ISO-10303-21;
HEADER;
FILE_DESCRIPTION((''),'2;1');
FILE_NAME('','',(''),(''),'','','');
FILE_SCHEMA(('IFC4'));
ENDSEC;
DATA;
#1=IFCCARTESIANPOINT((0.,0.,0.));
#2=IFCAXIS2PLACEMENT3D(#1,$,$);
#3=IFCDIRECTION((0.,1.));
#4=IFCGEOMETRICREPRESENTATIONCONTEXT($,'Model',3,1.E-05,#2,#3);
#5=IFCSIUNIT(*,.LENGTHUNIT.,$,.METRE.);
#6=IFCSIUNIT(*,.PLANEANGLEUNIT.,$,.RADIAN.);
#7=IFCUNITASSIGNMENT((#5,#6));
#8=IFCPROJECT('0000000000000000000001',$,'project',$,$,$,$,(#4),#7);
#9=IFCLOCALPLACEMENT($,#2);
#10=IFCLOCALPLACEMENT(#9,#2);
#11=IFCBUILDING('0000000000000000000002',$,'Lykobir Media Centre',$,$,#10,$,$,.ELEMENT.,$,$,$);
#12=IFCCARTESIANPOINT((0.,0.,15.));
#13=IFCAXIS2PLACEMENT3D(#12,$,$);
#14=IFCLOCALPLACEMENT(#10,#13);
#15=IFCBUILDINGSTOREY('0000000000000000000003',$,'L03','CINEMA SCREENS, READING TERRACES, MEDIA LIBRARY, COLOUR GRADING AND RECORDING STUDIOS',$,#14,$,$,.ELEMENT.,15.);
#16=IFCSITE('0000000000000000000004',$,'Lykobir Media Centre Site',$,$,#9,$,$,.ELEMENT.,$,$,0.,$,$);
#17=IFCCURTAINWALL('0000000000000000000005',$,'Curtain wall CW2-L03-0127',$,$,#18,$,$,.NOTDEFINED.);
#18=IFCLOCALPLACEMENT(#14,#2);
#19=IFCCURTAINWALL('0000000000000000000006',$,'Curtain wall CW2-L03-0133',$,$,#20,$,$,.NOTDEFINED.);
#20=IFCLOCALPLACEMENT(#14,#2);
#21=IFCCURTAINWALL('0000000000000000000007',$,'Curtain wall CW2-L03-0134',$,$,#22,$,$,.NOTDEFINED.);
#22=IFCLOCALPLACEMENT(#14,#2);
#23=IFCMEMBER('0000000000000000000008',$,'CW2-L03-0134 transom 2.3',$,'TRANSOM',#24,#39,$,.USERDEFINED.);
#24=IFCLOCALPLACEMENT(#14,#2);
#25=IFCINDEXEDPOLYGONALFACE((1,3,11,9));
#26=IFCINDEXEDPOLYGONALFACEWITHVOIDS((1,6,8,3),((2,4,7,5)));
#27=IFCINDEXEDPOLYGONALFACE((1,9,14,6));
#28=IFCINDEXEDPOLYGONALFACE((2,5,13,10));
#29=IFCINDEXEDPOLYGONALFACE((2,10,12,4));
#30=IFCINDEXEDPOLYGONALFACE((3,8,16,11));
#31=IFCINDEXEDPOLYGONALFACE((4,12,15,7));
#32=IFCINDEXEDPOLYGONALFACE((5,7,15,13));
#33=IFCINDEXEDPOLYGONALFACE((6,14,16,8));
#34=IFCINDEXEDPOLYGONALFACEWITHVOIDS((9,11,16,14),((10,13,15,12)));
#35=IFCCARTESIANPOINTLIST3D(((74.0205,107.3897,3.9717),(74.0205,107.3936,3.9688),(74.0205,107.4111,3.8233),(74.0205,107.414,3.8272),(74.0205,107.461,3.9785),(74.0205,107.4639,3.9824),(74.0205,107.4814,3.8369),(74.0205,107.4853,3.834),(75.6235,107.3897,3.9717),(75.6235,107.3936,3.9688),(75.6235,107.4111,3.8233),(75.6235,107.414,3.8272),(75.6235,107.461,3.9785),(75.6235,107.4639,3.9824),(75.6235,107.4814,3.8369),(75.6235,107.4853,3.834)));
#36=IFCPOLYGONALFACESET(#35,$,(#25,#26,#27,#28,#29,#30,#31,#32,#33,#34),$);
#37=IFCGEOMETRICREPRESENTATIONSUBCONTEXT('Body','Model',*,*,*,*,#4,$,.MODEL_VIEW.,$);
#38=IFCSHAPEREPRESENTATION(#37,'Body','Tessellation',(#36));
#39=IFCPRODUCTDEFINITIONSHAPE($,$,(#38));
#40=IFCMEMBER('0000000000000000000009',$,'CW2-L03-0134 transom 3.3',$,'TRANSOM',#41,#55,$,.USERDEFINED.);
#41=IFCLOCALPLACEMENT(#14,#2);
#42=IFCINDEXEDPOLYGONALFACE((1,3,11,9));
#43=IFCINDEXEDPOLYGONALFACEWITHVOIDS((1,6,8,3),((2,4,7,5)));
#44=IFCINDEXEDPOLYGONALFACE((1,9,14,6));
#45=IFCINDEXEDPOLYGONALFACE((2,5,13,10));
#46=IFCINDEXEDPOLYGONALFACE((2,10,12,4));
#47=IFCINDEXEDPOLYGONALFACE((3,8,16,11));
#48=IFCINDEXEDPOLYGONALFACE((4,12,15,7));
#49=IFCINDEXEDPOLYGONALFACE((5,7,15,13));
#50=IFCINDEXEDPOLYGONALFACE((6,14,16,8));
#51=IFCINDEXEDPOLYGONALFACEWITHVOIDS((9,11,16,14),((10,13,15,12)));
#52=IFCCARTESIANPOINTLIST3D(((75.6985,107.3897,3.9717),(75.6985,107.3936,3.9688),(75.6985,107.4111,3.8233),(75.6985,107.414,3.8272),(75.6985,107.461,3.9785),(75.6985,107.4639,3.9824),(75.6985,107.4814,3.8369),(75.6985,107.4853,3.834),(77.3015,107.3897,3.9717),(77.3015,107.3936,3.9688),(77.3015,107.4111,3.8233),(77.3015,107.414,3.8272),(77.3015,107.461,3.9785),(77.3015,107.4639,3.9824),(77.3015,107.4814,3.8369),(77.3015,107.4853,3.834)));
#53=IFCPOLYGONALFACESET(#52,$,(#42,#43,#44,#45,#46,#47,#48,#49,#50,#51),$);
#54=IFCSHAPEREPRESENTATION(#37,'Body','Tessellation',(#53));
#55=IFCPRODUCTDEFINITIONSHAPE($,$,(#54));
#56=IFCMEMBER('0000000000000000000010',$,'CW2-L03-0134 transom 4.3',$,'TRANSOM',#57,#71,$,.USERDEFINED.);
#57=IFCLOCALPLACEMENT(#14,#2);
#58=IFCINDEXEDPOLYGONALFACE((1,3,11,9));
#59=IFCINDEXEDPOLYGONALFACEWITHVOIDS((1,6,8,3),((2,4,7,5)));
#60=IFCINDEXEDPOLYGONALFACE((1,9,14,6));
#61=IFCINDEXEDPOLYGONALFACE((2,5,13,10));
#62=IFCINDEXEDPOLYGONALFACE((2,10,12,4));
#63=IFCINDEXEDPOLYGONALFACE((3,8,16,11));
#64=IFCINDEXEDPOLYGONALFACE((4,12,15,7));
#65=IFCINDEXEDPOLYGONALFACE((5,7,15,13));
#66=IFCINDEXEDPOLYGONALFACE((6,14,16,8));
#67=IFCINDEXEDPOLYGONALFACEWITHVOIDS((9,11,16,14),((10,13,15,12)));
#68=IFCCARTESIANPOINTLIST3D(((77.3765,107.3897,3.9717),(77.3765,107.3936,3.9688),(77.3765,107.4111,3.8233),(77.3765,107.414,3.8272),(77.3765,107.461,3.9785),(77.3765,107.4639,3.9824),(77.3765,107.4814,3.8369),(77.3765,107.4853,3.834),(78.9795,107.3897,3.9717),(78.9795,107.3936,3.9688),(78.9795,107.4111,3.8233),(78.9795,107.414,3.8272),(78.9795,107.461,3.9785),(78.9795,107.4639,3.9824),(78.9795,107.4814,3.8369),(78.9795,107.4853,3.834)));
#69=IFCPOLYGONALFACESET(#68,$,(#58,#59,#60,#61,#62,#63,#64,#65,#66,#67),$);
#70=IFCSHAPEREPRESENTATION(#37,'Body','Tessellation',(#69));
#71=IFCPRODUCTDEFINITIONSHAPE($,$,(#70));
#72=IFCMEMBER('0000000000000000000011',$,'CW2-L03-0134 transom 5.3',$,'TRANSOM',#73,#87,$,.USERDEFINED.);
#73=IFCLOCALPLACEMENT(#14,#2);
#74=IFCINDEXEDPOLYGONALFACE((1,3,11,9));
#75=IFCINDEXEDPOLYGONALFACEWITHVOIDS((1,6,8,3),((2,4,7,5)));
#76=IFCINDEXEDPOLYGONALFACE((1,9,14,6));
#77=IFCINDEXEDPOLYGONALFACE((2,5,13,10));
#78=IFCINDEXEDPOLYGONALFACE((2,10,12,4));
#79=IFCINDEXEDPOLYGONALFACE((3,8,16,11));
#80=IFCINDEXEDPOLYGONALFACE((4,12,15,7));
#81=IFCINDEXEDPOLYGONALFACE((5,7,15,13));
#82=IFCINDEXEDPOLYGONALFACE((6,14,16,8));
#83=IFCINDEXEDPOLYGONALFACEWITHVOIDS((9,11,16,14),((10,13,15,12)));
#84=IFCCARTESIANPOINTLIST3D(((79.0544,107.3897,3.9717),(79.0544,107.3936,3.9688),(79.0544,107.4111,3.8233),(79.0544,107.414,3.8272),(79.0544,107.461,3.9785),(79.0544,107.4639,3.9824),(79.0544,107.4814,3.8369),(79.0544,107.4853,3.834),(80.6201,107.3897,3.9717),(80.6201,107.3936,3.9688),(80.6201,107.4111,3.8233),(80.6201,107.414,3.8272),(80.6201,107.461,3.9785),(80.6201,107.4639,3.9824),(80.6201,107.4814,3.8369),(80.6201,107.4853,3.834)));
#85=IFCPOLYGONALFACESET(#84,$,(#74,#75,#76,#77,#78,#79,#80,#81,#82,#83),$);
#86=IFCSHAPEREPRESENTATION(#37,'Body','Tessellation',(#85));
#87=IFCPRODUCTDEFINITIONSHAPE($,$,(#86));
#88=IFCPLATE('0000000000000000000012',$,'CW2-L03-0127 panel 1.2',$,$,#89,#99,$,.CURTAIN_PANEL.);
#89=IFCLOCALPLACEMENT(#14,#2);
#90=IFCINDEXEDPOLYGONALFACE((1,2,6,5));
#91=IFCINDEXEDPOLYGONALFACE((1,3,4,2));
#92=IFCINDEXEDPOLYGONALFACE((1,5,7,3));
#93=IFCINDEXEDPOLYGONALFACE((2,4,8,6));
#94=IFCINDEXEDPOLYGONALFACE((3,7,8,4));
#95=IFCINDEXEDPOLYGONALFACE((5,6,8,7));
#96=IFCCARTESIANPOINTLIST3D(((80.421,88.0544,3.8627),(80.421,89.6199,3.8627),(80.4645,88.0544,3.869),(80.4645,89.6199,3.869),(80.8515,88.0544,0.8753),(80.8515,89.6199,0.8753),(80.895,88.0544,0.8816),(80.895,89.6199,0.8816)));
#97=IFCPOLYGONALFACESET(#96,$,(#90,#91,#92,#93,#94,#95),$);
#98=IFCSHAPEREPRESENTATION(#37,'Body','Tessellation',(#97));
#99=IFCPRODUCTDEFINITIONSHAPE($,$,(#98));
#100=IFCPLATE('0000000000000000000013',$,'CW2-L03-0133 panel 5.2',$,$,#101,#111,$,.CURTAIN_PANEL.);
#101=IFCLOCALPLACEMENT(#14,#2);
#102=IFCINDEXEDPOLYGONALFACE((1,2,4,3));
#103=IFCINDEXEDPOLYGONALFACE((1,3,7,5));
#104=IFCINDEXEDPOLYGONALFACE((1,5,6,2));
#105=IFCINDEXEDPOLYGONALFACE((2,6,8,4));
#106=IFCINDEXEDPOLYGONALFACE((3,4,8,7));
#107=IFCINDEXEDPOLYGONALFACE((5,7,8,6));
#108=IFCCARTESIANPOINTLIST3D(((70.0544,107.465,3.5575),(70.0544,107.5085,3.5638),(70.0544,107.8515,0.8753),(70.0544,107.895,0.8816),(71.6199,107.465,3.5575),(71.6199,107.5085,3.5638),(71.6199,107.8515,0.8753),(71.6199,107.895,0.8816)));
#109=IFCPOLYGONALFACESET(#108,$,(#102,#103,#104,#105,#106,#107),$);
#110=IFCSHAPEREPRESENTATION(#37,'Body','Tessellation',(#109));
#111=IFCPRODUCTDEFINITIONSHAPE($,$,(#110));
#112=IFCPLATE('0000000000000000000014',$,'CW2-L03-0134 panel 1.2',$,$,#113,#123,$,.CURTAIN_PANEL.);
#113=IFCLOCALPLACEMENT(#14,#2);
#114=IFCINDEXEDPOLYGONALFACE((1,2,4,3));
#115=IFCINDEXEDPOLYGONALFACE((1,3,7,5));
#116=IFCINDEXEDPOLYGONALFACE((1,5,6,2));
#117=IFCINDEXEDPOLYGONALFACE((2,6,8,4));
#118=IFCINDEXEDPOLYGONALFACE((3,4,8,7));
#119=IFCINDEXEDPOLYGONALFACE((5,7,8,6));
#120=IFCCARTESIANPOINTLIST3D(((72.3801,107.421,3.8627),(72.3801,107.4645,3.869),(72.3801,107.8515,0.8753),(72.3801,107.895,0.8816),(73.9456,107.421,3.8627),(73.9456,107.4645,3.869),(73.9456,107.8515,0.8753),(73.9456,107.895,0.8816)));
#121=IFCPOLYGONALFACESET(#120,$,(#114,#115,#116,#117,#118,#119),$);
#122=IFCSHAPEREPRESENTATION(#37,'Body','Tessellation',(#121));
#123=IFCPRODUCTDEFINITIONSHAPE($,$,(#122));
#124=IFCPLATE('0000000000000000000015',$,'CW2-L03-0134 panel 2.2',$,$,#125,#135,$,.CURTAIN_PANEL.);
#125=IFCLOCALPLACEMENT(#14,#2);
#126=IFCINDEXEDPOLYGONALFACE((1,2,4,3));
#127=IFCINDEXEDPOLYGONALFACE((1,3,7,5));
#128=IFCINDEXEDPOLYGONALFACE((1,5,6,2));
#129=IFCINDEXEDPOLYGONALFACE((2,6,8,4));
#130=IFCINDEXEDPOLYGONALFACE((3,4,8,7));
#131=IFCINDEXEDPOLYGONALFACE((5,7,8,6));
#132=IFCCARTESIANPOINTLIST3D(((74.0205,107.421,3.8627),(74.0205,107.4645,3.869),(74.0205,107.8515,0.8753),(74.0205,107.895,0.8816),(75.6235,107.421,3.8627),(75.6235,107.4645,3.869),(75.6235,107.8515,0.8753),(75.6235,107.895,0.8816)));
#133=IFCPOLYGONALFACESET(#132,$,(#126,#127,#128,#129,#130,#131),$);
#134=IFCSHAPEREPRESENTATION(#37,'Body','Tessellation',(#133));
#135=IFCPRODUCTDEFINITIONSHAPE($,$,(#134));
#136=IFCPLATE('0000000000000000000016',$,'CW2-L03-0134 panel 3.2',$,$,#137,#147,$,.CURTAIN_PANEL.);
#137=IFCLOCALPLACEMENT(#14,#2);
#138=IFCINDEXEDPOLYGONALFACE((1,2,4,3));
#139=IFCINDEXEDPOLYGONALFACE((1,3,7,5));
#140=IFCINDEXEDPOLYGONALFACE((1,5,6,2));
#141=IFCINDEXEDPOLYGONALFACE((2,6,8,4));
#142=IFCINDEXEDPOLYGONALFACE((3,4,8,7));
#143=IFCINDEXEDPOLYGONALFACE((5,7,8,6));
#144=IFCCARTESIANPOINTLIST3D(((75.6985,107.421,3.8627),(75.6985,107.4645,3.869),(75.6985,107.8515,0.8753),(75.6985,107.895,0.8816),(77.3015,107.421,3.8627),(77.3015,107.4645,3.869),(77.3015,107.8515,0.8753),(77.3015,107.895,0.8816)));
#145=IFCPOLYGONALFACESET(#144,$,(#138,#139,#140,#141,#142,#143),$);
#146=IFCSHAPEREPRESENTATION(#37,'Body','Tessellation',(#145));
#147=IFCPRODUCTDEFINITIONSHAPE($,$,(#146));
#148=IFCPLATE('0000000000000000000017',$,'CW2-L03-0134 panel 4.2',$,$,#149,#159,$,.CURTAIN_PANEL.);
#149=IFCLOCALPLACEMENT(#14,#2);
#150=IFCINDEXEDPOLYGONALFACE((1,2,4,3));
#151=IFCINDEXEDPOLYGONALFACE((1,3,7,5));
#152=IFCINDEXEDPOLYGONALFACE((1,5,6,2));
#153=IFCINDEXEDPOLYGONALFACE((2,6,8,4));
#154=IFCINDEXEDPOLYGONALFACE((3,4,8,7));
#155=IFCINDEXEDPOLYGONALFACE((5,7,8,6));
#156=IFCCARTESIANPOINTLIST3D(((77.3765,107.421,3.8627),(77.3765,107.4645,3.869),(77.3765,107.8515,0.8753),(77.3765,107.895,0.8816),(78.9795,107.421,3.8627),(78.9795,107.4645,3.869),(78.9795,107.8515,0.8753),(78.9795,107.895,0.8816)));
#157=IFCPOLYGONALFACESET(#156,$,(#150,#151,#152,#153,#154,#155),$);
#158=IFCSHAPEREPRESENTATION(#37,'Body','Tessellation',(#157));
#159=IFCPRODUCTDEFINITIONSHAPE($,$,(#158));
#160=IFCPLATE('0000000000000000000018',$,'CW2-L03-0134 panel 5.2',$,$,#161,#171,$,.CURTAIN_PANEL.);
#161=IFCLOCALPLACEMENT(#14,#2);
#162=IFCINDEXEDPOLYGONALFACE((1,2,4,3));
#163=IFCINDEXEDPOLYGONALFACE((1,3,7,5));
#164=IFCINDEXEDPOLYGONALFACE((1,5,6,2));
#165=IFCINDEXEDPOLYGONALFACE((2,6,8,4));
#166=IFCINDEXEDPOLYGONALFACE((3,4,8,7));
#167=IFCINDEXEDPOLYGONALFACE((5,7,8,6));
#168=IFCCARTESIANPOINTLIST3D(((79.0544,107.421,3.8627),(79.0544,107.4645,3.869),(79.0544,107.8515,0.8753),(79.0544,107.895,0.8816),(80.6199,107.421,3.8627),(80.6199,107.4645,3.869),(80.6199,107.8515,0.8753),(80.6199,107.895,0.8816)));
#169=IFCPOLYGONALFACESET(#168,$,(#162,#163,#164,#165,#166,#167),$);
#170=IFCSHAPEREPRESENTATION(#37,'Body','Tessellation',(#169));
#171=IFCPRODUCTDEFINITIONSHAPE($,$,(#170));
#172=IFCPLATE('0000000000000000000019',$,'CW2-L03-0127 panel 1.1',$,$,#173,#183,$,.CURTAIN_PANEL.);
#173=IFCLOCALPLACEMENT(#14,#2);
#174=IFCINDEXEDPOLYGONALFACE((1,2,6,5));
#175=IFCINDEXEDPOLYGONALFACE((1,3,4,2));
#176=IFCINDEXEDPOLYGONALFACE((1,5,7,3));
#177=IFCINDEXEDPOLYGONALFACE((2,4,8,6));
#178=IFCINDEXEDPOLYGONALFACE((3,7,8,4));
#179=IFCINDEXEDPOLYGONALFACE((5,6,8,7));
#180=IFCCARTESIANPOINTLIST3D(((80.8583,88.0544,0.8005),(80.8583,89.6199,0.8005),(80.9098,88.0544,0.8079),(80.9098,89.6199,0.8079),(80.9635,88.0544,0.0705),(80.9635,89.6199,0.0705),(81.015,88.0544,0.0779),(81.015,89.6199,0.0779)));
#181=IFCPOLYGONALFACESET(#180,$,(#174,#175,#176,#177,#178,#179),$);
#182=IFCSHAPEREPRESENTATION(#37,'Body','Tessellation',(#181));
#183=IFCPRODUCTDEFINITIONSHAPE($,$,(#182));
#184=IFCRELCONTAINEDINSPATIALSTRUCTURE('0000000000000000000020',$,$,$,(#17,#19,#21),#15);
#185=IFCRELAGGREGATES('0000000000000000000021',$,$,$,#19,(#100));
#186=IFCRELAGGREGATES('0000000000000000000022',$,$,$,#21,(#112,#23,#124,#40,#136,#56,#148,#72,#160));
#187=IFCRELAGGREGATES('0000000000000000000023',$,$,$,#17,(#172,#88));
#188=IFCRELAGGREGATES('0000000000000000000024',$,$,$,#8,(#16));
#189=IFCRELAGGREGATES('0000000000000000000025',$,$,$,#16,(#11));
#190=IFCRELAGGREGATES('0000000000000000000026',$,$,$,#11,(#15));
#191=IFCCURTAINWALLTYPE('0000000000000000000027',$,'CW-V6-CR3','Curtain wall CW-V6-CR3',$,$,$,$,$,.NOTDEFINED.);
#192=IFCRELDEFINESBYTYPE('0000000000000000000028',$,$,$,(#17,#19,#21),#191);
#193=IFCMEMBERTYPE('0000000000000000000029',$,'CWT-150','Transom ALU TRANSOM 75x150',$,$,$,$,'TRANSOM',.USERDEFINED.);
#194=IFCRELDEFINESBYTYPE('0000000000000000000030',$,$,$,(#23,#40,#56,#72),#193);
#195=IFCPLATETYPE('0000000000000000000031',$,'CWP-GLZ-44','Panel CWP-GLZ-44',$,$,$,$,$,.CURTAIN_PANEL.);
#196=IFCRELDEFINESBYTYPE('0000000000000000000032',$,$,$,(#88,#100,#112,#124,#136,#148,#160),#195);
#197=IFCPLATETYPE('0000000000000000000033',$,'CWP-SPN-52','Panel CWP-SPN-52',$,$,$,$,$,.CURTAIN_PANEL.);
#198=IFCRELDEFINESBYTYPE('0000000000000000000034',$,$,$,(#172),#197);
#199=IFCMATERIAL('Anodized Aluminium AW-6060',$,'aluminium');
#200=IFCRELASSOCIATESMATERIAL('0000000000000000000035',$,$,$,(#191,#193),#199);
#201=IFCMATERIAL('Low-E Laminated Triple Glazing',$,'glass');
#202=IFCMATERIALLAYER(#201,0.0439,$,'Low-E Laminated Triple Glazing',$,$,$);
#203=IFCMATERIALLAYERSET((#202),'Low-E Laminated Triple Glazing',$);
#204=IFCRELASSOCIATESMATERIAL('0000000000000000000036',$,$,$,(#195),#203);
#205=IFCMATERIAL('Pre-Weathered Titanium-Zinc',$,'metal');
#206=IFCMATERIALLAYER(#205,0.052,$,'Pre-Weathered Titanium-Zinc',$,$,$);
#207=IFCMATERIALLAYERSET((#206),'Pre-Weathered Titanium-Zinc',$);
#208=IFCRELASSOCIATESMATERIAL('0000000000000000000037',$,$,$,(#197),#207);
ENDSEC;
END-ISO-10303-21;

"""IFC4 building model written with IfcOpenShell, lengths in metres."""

from ifc_helpers import new_model, si_unit, direction, frame, origin, origin_2d, place, context, subcontext, project, spatial, rectangle, hollow_rectangle, extrude, material, layer, layer_set, material_profile, profile_set, type_object, element, aggregate, save


model = new_model("IFC4")

# Units and contexts
model_context = context("Model", 3, precision=1e-05, world=origin(), true_north=direction((0.0, 1.0)))
body_context = subcontext(model_context, "Body", "Model", "MODEL_VIEW")
ifc_project = project(units=[si_unit("LENGTHUNIT", "METRE"), si_unit("PLANEANGLEUNIT", "RADIAN")], contexts=[model_context])

# Site, building, storey
site_placement = place(None, origin())
site = spatial("IfcSite", under=ifc_project, at=site_placement, Name="Lykobir Media Centre Site", CompositionType="ELEMENT", RefElevation=0.0)
building_placement = place(site_placement, origin())
building = spatial("IfcBuilding", under=site, at=building_placement, Name="Lykobir Media Centre", CompositionType="ELEMENT")
storey_placement = place(building_placement, frame((0.0, 0.0, 15.0)))
storey = spatial("IfcBuildingStorey", under=building, at=storey_placement, Name="L03", Description="CINEMA SCREENS, READING TERRACES, MEDIA LIBRARY, COLOUR GRADING AND RECORDING STUDIOS", CompositionType="ELEMENT", Elevation=15.0)

# Curtain wall
ifc_material_1 = material(Name="Anodized Aluminium AW-6060", Category="aluminium")
curtain_wall_type = type_object("IfcCurtainWallType", Name="CW-V6-CR3", Description="Curtain wall CW-V6-CR3", PredefinedType="NOTDEFINED", material=ifc_material_1)
curtain_wall_1_placement = place(storey_placement, origin())
curtain_wall_1 = element("IfcCurtainWall", 1, at=curtain_wall_1_placement, inside=storey, type_object=curtain_wall_type, Name="Curtain wall CW2-L03-0127", PredefinedType="NOTDEFINED")
ifc_material_profile_1 = material_profile(ifc_material_1, hollow_rectangle(XDim=0.075, YDim=0.1499, WallThickness=0.0034, at=origin_2d()), Name="ALU TRANSOM 75x150")
ifc_profile_set_1 = profile_set([ifc_material_profile_1], Name="Anodized Aluminium AW-6060")
member_type = type_object("IfcMemberType", Name="CWT-150", Description="Transom ALU TRANSOM 75x150", ElementType="TRANSOM", PredefinedType="USERDEFINED", material=ifc_profile_set_1)

# Curtain wall
curtain_wall_2_placement = place(storey_placement, origin())
curtain_wall_2 = element("IfcCurtainWall", 2, at=curtain_wall_2_placement, inside=storey, type_object=curtain_wall_type, Name="Curtain wall CW2-L03-0133", PredefinedType="NOTDEFINED")

# Curtain wall, members
curtain_wall_3_placement = place(storey_placement, origin())
curtain_wall_3 = element("IfcCurtainWall", 3, at=curtain_wall_3_placement, inside=storey, type_object=curtain_wall_type, Name="Curtain wall CW2-L03-0134", PredefinedType="NOTDEFINED")
member_1_placement = place(storey_placement, frame((74.0205, 107.4375, 3.9028), z_axis=(1.0, 0.0, 0.0), x_axis=(0.0, 0.989776, 0.142629)))
member_1 = element("IfcMember", 4, at=member_1_placement, type_object=member_type, Name="CW2-L03-0134 transom 2.3", ObjectType="TRANSOM", PredefinedType="USERDEFINED", context=body_context, shape_type="SweptSolid", body=[
    extrude(hollow_rectangle(XDim=0.075, YDim=0.1499, WallThickness=0.0034, at=origin_2d()), origin(), (0.0, 0.0, 1.0), 1.603),
])
member_2_placement = place(storey_placement, frame((75.6985, 107.4375, 3.9028), z_axis=(1.0, 0.0, 0.0), x_axis=(0.0, 0.989776, 0.142629)))
member_2 = element("IfcMember", 5, at=member_2_placement, type_object=member_type, Name="CW2-L03-0134 transom 3.3", ObjectType="TRANSOM", PredefinedType="USERDEFINED", context=body_context, shape_type="SweptSolid", body=[
    extrude(hollow_rectangle(XDim=0.075, YDim=0.1499, WallThickness=0.0034, at=origin_2d()), origin(), (0.0, 0.0, 1.0), 1.603),
])
member_3_placement = place(storey_placement, frame((77.3765, 107.4375, 3.9028), z_axis=(1.0, 0.0, 0.0), x_axis=(0.0, 0.989776, 0.142629)))
member_3 = element("IfcMember", 6, at=member_3_placement, type_object=member_type, Name="CW2-L03-0134 transom 4.3", ObjectType="TRANSOM", PredefinedType="USERDEFINED", context=body_context, shape_type="SweptSolid", body=[
    extrude(hollow_rectangle(XDim=0.075, YDim=0.1499, WallThickness=0.0034, at=origin_2d()), origin(), (0.0, 0.0, 1.0), 1.603),
])
member_4_placement = place(storey_placement, frame((79.0544, 107.4375, 3.9028), z_axis=(1.0, 0.0, 0.0), x_axis=(0.0, 0.989776, 0.142629)))
member_4 = element("IfcMember", 7, at=member_4_placement, type_object=member_type, Name="CW2-L03-0134 transom 5.3", ObjectType="TRANSOM", PredefinedType="USERDEFINED", context=body_context, shape_type="SweptSolid", body=[
    extrude(hollow_rectangle(XDim=0.075, YDim=0.1499, WallThickness=0.0034, at=origin_2d()), origin(), (0.0, 0.0, 1.0), 1.5657),
])

# Plates
ifc_material_2 = material(Name="Low-E Laminated Triple Glazing", Category="glass")
ifc_layer_1 = layer(ifc_material_2, 0.0439, Name="Low-E Laminated Triple Glazing")
ifc_layer_set_1 = layer_set([ifc_layer_1], Name="Low-E Laminated Triple Glazing")
plate_type_1 = type_object("IfcPlateType", Name="CWP-GLZ-44", Description="Panel CWP-GLZ-44", PredefinedType="CURTAIN_PANEL", material=ifc_layer_set_1)
plate_1_placement = place(storey_placement, frame((80.8733, 88.8372, 0.8784), z_axis=(-0.142629, 0.0, 0.989776), x_axis=(0.0, -1.0, 0.0)))
plate_1 = element("IfcPlate", 8, at=plate_1_placement, type_object=plate_type_1, Name="CW2-L03-0127 panel 1.2", PredefinedType="CURTAIN_PANEL", context=body_context, shape_type="SweptSolid", body=[
    extrude(rectangle(XDim=1.5654, YDim=0.0439, at=origin_2d()), origin(), (0.0, 0.0, 1.0), 3.0183),
])
plate_2_placement = place(storey_placement, frame((70.8372, 107.8733, 0.8784), z_axis=(0.0, -0.142629, 0.989776), x_axis=(1.0, 0.0, 0.0)))
plate_2 = element("IfcPlate", 9, at=plate_2_placement, type_object=plate_type_1, Name="CW2-L03-0133 panel 5.2", PredefinedType="CURTAIN_PANEL", context=body_context, shape_type="SweptSolid", body=[
    extrude(rectangle(XDim=1.5654, YDim=0.0439, at=origin_2d()), origin(), (0.0, 0.0, 1.0), 2.71),
])
aggregate(curtain_wall_2, [plate_2])
plate_3_placement = place(storey_placement, frame((73.1628, 107.8733, 0.8784), z_axis=(0.0, -0.142629, 0.989776), x_axis=(1.0, 0.0, 0.0)))
plate_3 = element("IfcPlate", 10, at=plate_3_placement, type_object=plate_type_1, Name="CW2-L03-0134 panel 1.2", PredefinedType="CURTAIN_PANEL", context=body_context, shape_type="SweptSolid", body=[
    extrude(rectangle(XDim=1.5654, YDim=0.0439, at=origin_2d()), origin(), (0.0, 0.0, 1.0), 3.0183),
])
plate_4_placement = place(storey_placement, frame((74.822, 107.8733, 0.8784), z_axis=(0.0, -0.142629, 0.989776), x_axis=(1.0, 0.0, 0.0)))
plate_4 = element("IfcPlate", 11, at=plate_4_placement, type_object=plate_type_1, Name="CW2-L03-0134 panel 2.2", PredefinedType="CURTAIN_PANEL", context=body_context, shape_type="SweptSolid", body=[
    extrude(rectangle(XDim=1.603, YDim=0.0439, at=origin_2d()), origin(), (0.0, 0.0, 1.0), 3.0183),
])
plate_5_placement = place(storey_placement, frame((76.5, 107.8733, 0.8784), z_axis=(0.0, -0.142629, 0.989776), x_axis=(1.0, 0.0, 0.0)))
plate_5 = element("IfcPlate", 12, at=plate_5_placement, type_object=plate_type_1, Name="CW2-L03-0134 panel 3.2", PredefinedType="CURTAIN_PANEL", context=body_context, shape_type="SweptSolid", body=[
    extrude(rectangle(XDim=1.603, YDim=0.0439, at=origin_2d()), origin(), (0.0, 0.0, 1.0), 3.0183),
])
plate_6_placement = place(storey_placement, frame((78.178, 107.8733, 0.8784), z_axis=(0.0, -0.142629, 0.989776), x_axis=(1.0, 0.0, 0.0)))
plate_6 = element("IfcPlate", 13, at=plate_6_placement, type_object=plate_type_1, Name="CW2-L03-0134 panel 4.2", PredefinedType="CURTAIN_PANEL", context=body_context, shape_type="SweptSolid", body=[
    extrude(rectangle(XDim=1.603, YDim=0.0439, at=origin_2d()), origin(), (0.0, 0.0, 1.0), 3.0183),
])
plate_7_placement = place(storey_placement, frame((79.8372, 107.8733, 0.8784), z_axis=(0.0, -0.142629, 0.989776), x_axis=(1.0, 0.0, 0.0)))
plate_7 = element("IfcPlate", 14, at=plate_7_placement, type_object=plate_type_1, Name="CW2-L03-0134 panel 5.2", PredefinedType="CURTAIN_PANEL", context=body_context, shape_type="SweptSolid", body=[
    extrude(rectangle(XDim=1.5654, YDim=0.0439, at=origin_2d()), origin(), (0.0, 0.0, 1.0), 3.0183),
])
aggregate(curtain_wall_3, [plate_3, member_1, plate_4, member_2, plate_5, member_3, plate_6, member_4, plate_7])
ifc_material_3 = material(Name="Pre-Weathered Titanium-Zinc", Category="metal")
ifc_layer_2 = layer(ifc_material_3, 0.052, Name="Pre-Weathered Titanium-Zinc")
ifc_layer_set_2 = layer_set([ifc_layer_2], Name="Pre-Weathered Titanium-Zinc")
plate_type_2 = type_object("IfcPlateType", Name="CWP-SPN-52", Description="Panel CWP-SPN-52", PredefinedType="CURTAIN_PANEL", material=ifc_layer_set_2)
plate_8_placement = place(storey_placement, frame((80.9893, 88.8372, 0.0742), z_axis=(-0.142629, 0.0, 0.989776), x_axis=(0.0, -1.0, 0.0)))
plate_8 = element("IfcPlate", 15, at=plate_8_placement, type_object=plate_type_2, Name="CW2-L03-0127 panel 1.1", PredefinedType="CURTAIN_PANEL", context=body_context, shape_type="SweptSolid", body=[
    extrude(rectangle(XDim=1.5654, YDim=0.052, at=origin_2d()), origin(), (0.0, 0.0, 1.0), 0.7375),
])
aggregate(curtain_wall_1, [plate_8, plate_1])

save(model, "model.ifc")
